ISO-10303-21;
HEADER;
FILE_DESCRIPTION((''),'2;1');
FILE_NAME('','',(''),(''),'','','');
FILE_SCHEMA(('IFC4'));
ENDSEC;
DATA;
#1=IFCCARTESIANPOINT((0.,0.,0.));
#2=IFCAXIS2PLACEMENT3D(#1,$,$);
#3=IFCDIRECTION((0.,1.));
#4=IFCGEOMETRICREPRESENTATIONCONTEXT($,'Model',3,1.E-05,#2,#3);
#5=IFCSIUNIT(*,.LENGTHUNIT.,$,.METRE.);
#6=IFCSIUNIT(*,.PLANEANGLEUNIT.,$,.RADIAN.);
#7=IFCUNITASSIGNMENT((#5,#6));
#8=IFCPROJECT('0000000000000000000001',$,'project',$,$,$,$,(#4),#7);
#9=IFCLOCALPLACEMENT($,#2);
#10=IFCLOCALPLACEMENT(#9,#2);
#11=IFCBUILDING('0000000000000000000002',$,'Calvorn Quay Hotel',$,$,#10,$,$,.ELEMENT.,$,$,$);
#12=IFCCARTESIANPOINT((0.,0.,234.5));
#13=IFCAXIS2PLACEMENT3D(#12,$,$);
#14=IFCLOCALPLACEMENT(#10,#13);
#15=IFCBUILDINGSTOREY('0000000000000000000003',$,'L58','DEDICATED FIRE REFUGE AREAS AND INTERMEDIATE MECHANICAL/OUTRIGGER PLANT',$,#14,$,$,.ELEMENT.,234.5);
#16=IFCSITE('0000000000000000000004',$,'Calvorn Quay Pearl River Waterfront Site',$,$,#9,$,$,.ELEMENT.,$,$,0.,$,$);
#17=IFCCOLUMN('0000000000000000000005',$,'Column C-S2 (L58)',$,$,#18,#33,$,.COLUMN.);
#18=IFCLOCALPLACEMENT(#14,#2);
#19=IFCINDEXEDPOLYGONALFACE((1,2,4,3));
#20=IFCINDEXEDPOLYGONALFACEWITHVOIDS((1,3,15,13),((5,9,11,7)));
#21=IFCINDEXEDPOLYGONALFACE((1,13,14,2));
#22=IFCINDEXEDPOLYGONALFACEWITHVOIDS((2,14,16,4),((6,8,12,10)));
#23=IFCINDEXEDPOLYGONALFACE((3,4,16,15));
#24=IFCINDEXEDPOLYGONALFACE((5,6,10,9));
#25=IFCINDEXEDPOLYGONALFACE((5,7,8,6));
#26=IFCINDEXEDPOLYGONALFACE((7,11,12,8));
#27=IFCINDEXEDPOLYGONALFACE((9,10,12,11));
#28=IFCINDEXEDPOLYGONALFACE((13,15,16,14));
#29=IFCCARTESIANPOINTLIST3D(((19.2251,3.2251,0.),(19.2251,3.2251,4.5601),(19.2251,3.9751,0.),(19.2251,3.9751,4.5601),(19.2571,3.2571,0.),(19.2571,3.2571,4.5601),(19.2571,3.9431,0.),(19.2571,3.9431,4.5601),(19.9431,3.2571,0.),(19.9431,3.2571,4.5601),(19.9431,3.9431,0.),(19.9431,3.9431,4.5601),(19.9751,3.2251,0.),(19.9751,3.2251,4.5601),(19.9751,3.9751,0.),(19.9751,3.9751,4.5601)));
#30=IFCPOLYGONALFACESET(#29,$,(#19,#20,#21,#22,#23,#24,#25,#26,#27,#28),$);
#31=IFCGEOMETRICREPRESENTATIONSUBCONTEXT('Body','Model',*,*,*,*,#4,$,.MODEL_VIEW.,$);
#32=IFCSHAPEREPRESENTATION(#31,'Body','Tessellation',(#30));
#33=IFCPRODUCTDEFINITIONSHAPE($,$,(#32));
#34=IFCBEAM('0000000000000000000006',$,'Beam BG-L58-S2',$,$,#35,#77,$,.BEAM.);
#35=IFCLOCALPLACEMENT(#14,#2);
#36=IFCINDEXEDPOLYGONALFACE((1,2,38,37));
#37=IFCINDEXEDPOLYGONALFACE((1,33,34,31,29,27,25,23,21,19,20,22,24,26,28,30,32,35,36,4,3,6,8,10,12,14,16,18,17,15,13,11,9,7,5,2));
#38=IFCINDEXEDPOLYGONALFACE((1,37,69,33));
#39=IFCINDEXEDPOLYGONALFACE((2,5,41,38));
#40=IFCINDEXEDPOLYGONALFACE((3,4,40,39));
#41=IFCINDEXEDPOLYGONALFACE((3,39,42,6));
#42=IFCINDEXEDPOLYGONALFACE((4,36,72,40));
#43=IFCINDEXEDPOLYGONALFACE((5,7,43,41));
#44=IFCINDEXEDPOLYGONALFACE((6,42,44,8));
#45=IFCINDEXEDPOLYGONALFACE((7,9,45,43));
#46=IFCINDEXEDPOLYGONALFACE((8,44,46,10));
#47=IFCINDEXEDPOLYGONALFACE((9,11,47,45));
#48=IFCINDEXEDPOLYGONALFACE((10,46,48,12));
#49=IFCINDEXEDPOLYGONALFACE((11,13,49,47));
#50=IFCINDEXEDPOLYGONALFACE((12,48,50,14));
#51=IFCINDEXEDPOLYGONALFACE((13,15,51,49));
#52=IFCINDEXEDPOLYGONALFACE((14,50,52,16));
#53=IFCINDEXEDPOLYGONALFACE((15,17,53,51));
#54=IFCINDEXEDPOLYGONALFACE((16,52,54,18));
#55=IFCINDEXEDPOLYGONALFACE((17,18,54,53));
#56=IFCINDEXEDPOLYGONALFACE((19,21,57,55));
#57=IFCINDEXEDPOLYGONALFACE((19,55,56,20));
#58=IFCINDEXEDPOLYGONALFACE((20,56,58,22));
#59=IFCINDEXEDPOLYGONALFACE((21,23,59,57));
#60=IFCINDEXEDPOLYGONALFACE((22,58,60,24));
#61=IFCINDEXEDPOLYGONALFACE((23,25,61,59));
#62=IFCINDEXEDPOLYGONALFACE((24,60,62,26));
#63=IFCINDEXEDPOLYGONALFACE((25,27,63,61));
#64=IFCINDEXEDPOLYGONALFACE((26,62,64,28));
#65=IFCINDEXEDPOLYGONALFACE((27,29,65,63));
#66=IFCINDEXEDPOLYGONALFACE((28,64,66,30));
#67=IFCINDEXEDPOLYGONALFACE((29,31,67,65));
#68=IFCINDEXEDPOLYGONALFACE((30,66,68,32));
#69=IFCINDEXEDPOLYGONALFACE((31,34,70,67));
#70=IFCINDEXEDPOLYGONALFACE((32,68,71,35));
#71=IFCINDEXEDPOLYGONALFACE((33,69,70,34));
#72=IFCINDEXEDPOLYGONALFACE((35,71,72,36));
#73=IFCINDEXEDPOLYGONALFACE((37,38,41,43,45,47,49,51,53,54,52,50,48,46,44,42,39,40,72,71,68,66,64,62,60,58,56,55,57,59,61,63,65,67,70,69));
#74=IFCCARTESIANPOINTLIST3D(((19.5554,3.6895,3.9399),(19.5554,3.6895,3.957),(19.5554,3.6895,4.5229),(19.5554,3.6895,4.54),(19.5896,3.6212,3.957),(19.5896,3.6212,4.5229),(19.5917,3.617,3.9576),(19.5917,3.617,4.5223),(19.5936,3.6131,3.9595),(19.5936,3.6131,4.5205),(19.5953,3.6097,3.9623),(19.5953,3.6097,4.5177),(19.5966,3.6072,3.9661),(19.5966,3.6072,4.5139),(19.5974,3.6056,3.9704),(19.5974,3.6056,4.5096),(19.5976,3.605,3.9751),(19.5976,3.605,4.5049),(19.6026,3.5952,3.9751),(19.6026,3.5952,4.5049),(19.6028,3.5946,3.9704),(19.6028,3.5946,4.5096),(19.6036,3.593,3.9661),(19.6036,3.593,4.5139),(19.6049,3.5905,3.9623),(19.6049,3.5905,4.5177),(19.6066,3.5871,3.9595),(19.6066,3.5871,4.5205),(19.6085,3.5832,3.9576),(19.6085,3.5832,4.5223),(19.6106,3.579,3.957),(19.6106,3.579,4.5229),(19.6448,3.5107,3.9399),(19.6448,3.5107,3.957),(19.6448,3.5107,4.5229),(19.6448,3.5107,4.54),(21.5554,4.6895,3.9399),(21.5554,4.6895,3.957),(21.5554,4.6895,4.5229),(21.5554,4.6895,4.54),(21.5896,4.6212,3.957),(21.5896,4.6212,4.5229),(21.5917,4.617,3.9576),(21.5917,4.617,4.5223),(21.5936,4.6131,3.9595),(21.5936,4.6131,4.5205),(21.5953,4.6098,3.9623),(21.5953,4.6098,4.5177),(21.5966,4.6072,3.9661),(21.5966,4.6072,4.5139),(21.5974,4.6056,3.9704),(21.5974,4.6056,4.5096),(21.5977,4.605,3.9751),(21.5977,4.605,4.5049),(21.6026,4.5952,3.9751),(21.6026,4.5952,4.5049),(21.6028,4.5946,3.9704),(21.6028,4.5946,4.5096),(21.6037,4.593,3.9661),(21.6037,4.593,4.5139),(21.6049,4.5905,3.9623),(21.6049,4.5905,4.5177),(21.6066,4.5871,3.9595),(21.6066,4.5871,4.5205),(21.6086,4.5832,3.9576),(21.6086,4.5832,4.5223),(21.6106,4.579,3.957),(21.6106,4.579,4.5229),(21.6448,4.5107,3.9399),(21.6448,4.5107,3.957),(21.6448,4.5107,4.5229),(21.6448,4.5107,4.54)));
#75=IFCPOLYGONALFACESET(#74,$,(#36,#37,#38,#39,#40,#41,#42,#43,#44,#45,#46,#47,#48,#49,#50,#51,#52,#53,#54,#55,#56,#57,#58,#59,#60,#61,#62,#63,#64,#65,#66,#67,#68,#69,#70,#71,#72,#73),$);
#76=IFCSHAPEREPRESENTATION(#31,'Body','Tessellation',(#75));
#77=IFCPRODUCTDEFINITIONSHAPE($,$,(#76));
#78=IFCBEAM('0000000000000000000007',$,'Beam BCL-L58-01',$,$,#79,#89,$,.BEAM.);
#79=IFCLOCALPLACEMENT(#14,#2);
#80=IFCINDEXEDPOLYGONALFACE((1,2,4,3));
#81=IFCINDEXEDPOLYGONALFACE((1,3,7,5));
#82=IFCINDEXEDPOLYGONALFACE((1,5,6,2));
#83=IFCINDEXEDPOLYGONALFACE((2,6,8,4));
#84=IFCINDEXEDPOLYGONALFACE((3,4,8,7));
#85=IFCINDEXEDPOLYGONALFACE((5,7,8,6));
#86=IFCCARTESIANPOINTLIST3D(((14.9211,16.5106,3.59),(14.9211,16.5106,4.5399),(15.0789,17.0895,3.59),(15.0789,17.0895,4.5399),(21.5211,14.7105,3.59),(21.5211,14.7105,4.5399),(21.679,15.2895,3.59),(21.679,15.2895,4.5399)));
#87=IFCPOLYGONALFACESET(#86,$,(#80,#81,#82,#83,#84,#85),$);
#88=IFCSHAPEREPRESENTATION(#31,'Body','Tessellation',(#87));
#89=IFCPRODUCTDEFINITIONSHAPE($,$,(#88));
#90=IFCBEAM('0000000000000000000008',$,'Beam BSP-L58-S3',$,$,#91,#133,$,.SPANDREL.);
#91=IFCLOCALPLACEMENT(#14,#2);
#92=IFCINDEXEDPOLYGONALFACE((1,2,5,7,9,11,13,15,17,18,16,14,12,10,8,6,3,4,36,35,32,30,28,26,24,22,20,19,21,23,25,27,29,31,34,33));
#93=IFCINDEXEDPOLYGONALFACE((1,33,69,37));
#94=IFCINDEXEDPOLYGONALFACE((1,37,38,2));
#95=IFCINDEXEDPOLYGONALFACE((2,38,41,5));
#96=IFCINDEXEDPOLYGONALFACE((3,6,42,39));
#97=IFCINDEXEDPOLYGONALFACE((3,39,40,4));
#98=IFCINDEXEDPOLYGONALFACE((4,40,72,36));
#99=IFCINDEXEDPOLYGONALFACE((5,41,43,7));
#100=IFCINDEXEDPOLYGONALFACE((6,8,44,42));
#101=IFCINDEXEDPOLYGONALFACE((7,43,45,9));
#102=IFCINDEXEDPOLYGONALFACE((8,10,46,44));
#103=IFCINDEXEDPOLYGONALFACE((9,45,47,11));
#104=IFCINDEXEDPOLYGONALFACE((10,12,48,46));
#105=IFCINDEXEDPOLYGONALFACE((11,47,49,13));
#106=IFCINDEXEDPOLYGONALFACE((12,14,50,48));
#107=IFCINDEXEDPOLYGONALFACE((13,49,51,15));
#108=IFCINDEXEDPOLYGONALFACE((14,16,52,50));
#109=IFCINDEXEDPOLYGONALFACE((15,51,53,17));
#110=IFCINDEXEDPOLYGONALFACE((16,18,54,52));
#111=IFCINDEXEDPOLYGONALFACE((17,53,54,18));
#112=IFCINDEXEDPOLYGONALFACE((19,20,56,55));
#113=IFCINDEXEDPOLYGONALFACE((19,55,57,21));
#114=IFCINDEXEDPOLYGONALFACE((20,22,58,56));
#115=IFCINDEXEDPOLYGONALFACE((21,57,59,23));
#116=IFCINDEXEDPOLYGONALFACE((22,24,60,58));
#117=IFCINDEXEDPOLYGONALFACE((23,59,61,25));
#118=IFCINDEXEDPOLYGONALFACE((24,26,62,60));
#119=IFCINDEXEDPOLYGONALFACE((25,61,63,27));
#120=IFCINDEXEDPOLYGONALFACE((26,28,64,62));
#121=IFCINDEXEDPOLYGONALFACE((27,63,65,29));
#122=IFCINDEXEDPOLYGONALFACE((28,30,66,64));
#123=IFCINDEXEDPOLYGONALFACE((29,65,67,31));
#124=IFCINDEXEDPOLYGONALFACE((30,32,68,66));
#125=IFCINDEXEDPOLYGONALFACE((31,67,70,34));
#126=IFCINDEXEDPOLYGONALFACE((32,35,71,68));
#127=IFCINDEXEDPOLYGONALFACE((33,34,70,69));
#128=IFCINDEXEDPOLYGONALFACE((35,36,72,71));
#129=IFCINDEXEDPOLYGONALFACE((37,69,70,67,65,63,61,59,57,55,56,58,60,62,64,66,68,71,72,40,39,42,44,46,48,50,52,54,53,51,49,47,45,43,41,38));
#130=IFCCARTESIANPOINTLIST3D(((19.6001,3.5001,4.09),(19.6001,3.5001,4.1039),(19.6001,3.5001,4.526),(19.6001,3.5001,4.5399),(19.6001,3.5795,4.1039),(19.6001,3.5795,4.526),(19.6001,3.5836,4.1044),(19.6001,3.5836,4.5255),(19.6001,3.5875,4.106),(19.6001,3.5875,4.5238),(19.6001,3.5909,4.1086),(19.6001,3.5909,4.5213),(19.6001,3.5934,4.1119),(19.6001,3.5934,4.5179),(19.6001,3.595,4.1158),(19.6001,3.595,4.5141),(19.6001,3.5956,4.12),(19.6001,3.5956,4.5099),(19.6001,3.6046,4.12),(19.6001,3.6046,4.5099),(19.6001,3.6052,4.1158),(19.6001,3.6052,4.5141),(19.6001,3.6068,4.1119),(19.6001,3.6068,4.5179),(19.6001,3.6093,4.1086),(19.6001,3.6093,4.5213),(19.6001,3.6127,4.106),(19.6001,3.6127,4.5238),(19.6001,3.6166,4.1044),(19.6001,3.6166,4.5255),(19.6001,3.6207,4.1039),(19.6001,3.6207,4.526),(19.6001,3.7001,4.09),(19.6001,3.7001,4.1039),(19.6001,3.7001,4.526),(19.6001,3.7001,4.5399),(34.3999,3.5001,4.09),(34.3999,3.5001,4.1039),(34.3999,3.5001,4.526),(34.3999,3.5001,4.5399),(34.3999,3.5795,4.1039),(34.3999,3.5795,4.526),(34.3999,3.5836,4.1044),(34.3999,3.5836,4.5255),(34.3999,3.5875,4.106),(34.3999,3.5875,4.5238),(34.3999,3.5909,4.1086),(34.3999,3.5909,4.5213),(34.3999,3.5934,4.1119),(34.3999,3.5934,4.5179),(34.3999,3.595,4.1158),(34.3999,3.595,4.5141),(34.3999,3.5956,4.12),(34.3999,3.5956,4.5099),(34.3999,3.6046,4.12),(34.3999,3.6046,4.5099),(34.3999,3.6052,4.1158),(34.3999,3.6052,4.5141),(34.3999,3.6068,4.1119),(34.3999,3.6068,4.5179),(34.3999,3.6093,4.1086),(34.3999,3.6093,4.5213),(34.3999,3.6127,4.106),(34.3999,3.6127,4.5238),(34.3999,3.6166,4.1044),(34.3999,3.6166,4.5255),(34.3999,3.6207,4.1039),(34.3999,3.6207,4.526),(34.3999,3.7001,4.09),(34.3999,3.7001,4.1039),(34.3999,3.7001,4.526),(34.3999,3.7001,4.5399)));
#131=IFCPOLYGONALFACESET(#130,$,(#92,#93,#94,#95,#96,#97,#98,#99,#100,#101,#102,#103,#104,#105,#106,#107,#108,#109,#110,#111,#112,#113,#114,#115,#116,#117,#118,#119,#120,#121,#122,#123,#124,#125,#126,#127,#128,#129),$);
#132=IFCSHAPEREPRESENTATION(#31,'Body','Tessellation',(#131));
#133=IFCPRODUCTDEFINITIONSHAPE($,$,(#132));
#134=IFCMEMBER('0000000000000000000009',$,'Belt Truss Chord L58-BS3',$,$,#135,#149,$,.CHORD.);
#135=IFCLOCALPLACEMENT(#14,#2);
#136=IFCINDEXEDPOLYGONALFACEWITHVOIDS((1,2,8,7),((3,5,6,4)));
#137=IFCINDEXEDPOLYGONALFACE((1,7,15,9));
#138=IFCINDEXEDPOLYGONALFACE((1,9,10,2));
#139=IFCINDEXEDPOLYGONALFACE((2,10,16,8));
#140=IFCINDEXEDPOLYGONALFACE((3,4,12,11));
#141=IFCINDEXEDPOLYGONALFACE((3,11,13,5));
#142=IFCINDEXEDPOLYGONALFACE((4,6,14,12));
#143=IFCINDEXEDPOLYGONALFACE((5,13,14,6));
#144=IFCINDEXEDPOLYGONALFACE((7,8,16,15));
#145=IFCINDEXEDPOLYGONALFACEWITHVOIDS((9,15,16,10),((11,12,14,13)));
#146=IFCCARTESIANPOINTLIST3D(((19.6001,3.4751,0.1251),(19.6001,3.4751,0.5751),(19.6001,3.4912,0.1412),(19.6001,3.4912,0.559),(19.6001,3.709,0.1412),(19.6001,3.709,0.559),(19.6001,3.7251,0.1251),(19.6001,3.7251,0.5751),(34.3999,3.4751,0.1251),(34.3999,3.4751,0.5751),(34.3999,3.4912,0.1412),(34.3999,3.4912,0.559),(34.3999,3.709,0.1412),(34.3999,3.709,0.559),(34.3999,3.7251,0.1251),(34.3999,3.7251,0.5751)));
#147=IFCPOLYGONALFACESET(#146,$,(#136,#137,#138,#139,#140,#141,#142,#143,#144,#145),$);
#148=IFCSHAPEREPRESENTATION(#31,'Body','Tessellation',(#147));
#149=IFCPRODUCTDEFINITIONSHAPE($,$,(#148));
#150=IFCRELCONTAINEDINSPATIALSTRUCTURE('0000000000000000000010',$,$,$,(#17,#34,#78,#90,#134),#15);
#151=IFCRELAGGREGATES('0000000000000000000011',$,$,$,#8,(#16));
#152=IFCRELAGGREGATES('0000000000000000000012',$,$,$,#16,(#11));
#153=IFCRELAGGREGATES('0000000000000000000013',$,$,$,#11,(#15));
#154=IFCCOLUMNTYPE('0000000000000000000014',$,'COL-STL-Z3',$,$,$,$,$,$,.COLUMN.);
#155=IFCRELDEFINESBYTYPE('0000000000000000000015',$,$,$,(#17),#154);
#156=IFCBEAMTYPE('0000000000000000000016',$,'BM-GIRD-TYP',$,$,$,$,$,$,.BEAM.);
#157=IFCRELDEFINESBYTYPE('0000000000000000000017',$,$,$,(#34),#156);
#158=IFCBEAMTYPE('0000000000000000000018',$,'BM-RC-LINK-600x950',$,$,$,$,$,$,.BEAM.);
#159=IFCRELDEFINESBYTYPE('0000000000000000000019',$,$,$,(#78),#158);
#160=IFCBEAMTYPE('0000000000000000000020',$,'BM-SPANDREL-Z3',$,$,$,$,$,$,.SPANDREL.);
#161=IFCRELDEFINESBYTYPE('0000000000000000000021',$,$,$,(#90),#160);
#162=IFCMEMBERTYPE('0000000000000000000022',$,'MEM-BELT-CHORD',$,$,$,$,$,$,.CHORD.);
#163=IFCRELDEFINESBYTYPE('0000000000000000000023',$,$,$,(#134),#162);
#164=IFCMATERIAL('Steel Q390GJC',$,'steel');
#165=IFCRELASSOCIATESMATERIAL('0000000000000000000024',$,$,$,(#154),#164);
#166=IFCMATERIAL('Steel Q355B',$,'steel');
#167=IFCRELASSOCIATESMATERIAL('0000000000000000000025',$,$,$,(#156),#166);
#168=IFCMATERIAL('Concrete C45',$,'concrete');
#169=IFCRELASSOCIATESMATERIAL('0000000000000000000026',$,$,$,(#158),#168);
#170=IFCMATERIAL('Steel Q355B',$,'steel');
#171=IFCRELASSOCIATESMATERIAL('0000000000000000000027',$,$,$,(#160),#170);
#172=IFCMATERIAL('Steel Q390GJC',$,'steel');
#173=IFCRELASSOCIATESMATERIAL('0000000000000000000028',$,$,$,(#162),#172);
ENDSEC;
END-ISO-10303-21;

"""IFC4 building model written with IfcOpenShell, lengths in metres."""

from ifc_helpers import new_model, si_unit, direction, frame, origin, origin_2d, place, context, subcontext, project, spatial, rectangle, hollow_rectangle, i_section, extrude, material, material_profile, profile_set, type_object, element, save


model = new_model("IFC4")

# Units and contexts
model_context = context("Model", 3, precision=1e-05, world=origin(), true_north=direction((0.0, 1.0)))
body_context = subcontext(model_context, "Body", "Model", "MODEL_VIEW")
ifc_project = project(units=[si_unit("LENGTHUNIT", "METRE"), si_unit("PLANEANGLEUNIT", "RADIAN")], contexts=[model_context])

# Site, building, storey
site_placement = place(None, origin())
site = spatial("IfcSite", under=ifc_project, at=site_placement, Name="Calvorn Quay Pearl River Waterfront Site", CompositionType="ELEMENT", RefElevation=0.0)
building_placement = place(site_placement, origin())
building = spatial("IfcBuilding", under=site, at=building_placement, Name="Calvorn Quay Hotel", CompositionType="ELEMENT")
storey_placement = place(building_placement, frame((0.0, 0.0, 234.5)))
storey = spatial("IfcBuildingStorey", under=building, at=storey_placement, Name="L58", Description="DEDICATED FIRE REFUGE AREAS AND INTERMEDIATE MECHANICAL/OUTRIGGER PLANT", CompositionType="ELEMENT", Elevation=234.5)

# Column
ifc_material_1 = material(Name="Steel Q390GJC", Category="steel")
ifc_material_profile_1 = material_profile(ifc_material_1, hollow_rectangle(XDim=0.75, YDim=0.75, WallThickness=0.032, at=origin_2d()), Name="BOX750x750x32")
ifc_profile_set_1 = profile_set([ifc_material_profile_1], Name="Steel Q390GJC")
column_type = type_object("IfcColumnType", Name="COL-STL-Z3", PredefinedType="COLUMN", material=ifc_profile_set_1)
column_placement = place(storey_placement, frame((19.6001, 3.6001, 0.0), z_axis=(0.0, 0.0, 1.0), x_axis=(1.0, 0.0, 0.0)))
element("IfcColumn", 1, at=column_placement, inside=storey, type_object=column_type, Name="Column C-S2 (L58)", PredefinedType="COLUMN", context=body_context, shape_type="SweptSolid", body=[
    extrude(hollow_rectangle(XDim=0.75, YDim=0.75, WallThickness=0.032, at=origin_2d()), origin(), (0.0, 0.0, 1.0), 4.5601),
])

# Beams
ifc_material_2 = material(Name="Steel Q355B", Category="steel")
ifc_material_profile_2 = material_profile(ifc_material_2, i_section(OverallWidth=0.2, OverallDepth=0.6001, WebThickness=0.011, FlangeThickness=0.0171, FilletRadius=0.0181, at=origin_2d()), Name="HN600x200x11x17")
ifc_profile_set_2 = profile_set([ifc_material_profile_2], Name="Steel Q355B")
beam_type_1 = type_object("IfcBeamType", Name="BM-GIRD-TYP", PredefinedType="BEAM", material=ifc_profile_set_2)
beam_1_placement = place(storey_placement, frame((19.6001, 3.6001, 4.24), z_axis=(0.894427, 0.447214, 0.0), x_axis=(-0.447214, 0.894427, 0.0)))
element("IfcBeam", 2, at=beam_1_placement, inside=storey, type_object=beam_type_1, Name="Beam BG-L58-S2", PredefinedType="BEAM", context=body_context, shape_type="SweptSolid", body=[
    extrude(i_section(OverallWidth=0.2, OverallDepth=0.6001, WebThickness=0.011, FlangeThickness=0.0171, FilletRadius=0.0181, at=origin_2d()), origin(), (0.0, 0.0, 1.0), 2.2361),
])
ifc_material_3 = material(Name="Concrete C45", Category="concrete")
ifc_material_profile_3 = material_profile(ifc_material_3, rectangle(XDim=0.6001, YDim=0.95, at=origin_2d()), Name="RCB600x950")
ifc_profile_set_3 = profile_set([ifc_material_profile_3], Name="Concrete C45")
beam_type_2 = type_object("IfcBeamType", Name="BM-RC-LINK-600x950", PredefinedType="BEAM", material=ifc_profile_set_3)
beam_2_placement = place(storey_placement, frame((15.0, 16.8, 4.0649), z_axis=(0.964763, -0.26312, 0.0), x_axis=(0.26312, 0.964763, 0.0)))
element("IfcBeam", 3, at=beam_2_placement, inside=storey, type_object=beam_type_2, Name="Beam BCL-L58-01", PredefinedType="BEAM", context=body_context, shape_type="SweptSolid", body=[
    extrude(rectangle(XDim=0.6001, YDim=0.95, at=origin_2d()), origin(), (0.0, 0.0, 1.0), 6.8411),
])
ifc_material_4 = material(Name="Steel Q355B", Category="steel")
ifc_material_profile_4 = material_profile(ifc_material_4, i_section(OverallWidth=0.2, OverallDepth=0.45, WebThickness=0.009, FlangeThickness=0.0139, FilletRadius=0.0161, at=origin_2d()), Name="HN450x200x9x14")
ifc_profile_set_4 = profile_set([ifc_material_profile_4], Name="Steel Q355B")
beam_type_3 = type_object("IfcBeamType", Name="BM-SPANDREL-Z3", PredefinedType="SPANDREL", material=ifc_profile_set_4)
beam_3_placement = place(storey_placement, frame((19.6001, 3.6001, 4.3149), z_axis=(1.0, 0.0, 0.0), x_axis=(0.0, 1.0, 0.0)))
element("IfcBeam", 4, at=beam_3_placement, inside=storey, type_object=beam_type_3, Name="Beam BSP-L58-S3", PredefinedType="SPANDREL", context=body_context, shape_type="SweptSolid", body=[
    extrude(i_section(OverallWidth=0.2, OverallDepth=0.45, WebThickness=0.009, FlangeThickness=0.0139, FilletRadius=0.0161, at=origin_2d()), origin(), (0.0, 0.0, 1.0), 14.7998),
])

# Member
ifc_material_5 = material(Name="Steel Q390GJC", Category="steel")
ifc_material_profile_5 = material_profile(ifc_material_5, hollow_rectangle(XDim=0.25, YDim=0.45, WallThickness=0.0161, at=origin_2d()), Name="RHS450x250x16")
ifc_profile_set_5 = profile_set([ifc_material_profile_5], Name="Steel Q390GJC")
member_type_1 = type_object("IfcMemberType", Name="MEM-BELT-CHORD", PredefinedType="CHORD", material=ifc_profile_set_5)
member_1_placement = place(storey_placement, frame((19.6001, 3.6001, 0.3501), z_axis=(1.0, 0.0, 0.0), x_axis=(0.0, 1.0, 0.0)))
element("IfcMember", 5, at=member_1_placement, inside=storey, type_object=member_type_1, Name="Belt Truss Chord L58-BS3", PredefinedType="CHORD", context=body_context, shape_type="SweptSolid", body=[
    extrude(hollow_rectangle(XDim=0.25, YDim=0.45, WallThickness=0.0161, at=origin_2d()), origin(), (0.0, 0.0, 1.0), 14.7998),
])

save(model, "model.ifc")
